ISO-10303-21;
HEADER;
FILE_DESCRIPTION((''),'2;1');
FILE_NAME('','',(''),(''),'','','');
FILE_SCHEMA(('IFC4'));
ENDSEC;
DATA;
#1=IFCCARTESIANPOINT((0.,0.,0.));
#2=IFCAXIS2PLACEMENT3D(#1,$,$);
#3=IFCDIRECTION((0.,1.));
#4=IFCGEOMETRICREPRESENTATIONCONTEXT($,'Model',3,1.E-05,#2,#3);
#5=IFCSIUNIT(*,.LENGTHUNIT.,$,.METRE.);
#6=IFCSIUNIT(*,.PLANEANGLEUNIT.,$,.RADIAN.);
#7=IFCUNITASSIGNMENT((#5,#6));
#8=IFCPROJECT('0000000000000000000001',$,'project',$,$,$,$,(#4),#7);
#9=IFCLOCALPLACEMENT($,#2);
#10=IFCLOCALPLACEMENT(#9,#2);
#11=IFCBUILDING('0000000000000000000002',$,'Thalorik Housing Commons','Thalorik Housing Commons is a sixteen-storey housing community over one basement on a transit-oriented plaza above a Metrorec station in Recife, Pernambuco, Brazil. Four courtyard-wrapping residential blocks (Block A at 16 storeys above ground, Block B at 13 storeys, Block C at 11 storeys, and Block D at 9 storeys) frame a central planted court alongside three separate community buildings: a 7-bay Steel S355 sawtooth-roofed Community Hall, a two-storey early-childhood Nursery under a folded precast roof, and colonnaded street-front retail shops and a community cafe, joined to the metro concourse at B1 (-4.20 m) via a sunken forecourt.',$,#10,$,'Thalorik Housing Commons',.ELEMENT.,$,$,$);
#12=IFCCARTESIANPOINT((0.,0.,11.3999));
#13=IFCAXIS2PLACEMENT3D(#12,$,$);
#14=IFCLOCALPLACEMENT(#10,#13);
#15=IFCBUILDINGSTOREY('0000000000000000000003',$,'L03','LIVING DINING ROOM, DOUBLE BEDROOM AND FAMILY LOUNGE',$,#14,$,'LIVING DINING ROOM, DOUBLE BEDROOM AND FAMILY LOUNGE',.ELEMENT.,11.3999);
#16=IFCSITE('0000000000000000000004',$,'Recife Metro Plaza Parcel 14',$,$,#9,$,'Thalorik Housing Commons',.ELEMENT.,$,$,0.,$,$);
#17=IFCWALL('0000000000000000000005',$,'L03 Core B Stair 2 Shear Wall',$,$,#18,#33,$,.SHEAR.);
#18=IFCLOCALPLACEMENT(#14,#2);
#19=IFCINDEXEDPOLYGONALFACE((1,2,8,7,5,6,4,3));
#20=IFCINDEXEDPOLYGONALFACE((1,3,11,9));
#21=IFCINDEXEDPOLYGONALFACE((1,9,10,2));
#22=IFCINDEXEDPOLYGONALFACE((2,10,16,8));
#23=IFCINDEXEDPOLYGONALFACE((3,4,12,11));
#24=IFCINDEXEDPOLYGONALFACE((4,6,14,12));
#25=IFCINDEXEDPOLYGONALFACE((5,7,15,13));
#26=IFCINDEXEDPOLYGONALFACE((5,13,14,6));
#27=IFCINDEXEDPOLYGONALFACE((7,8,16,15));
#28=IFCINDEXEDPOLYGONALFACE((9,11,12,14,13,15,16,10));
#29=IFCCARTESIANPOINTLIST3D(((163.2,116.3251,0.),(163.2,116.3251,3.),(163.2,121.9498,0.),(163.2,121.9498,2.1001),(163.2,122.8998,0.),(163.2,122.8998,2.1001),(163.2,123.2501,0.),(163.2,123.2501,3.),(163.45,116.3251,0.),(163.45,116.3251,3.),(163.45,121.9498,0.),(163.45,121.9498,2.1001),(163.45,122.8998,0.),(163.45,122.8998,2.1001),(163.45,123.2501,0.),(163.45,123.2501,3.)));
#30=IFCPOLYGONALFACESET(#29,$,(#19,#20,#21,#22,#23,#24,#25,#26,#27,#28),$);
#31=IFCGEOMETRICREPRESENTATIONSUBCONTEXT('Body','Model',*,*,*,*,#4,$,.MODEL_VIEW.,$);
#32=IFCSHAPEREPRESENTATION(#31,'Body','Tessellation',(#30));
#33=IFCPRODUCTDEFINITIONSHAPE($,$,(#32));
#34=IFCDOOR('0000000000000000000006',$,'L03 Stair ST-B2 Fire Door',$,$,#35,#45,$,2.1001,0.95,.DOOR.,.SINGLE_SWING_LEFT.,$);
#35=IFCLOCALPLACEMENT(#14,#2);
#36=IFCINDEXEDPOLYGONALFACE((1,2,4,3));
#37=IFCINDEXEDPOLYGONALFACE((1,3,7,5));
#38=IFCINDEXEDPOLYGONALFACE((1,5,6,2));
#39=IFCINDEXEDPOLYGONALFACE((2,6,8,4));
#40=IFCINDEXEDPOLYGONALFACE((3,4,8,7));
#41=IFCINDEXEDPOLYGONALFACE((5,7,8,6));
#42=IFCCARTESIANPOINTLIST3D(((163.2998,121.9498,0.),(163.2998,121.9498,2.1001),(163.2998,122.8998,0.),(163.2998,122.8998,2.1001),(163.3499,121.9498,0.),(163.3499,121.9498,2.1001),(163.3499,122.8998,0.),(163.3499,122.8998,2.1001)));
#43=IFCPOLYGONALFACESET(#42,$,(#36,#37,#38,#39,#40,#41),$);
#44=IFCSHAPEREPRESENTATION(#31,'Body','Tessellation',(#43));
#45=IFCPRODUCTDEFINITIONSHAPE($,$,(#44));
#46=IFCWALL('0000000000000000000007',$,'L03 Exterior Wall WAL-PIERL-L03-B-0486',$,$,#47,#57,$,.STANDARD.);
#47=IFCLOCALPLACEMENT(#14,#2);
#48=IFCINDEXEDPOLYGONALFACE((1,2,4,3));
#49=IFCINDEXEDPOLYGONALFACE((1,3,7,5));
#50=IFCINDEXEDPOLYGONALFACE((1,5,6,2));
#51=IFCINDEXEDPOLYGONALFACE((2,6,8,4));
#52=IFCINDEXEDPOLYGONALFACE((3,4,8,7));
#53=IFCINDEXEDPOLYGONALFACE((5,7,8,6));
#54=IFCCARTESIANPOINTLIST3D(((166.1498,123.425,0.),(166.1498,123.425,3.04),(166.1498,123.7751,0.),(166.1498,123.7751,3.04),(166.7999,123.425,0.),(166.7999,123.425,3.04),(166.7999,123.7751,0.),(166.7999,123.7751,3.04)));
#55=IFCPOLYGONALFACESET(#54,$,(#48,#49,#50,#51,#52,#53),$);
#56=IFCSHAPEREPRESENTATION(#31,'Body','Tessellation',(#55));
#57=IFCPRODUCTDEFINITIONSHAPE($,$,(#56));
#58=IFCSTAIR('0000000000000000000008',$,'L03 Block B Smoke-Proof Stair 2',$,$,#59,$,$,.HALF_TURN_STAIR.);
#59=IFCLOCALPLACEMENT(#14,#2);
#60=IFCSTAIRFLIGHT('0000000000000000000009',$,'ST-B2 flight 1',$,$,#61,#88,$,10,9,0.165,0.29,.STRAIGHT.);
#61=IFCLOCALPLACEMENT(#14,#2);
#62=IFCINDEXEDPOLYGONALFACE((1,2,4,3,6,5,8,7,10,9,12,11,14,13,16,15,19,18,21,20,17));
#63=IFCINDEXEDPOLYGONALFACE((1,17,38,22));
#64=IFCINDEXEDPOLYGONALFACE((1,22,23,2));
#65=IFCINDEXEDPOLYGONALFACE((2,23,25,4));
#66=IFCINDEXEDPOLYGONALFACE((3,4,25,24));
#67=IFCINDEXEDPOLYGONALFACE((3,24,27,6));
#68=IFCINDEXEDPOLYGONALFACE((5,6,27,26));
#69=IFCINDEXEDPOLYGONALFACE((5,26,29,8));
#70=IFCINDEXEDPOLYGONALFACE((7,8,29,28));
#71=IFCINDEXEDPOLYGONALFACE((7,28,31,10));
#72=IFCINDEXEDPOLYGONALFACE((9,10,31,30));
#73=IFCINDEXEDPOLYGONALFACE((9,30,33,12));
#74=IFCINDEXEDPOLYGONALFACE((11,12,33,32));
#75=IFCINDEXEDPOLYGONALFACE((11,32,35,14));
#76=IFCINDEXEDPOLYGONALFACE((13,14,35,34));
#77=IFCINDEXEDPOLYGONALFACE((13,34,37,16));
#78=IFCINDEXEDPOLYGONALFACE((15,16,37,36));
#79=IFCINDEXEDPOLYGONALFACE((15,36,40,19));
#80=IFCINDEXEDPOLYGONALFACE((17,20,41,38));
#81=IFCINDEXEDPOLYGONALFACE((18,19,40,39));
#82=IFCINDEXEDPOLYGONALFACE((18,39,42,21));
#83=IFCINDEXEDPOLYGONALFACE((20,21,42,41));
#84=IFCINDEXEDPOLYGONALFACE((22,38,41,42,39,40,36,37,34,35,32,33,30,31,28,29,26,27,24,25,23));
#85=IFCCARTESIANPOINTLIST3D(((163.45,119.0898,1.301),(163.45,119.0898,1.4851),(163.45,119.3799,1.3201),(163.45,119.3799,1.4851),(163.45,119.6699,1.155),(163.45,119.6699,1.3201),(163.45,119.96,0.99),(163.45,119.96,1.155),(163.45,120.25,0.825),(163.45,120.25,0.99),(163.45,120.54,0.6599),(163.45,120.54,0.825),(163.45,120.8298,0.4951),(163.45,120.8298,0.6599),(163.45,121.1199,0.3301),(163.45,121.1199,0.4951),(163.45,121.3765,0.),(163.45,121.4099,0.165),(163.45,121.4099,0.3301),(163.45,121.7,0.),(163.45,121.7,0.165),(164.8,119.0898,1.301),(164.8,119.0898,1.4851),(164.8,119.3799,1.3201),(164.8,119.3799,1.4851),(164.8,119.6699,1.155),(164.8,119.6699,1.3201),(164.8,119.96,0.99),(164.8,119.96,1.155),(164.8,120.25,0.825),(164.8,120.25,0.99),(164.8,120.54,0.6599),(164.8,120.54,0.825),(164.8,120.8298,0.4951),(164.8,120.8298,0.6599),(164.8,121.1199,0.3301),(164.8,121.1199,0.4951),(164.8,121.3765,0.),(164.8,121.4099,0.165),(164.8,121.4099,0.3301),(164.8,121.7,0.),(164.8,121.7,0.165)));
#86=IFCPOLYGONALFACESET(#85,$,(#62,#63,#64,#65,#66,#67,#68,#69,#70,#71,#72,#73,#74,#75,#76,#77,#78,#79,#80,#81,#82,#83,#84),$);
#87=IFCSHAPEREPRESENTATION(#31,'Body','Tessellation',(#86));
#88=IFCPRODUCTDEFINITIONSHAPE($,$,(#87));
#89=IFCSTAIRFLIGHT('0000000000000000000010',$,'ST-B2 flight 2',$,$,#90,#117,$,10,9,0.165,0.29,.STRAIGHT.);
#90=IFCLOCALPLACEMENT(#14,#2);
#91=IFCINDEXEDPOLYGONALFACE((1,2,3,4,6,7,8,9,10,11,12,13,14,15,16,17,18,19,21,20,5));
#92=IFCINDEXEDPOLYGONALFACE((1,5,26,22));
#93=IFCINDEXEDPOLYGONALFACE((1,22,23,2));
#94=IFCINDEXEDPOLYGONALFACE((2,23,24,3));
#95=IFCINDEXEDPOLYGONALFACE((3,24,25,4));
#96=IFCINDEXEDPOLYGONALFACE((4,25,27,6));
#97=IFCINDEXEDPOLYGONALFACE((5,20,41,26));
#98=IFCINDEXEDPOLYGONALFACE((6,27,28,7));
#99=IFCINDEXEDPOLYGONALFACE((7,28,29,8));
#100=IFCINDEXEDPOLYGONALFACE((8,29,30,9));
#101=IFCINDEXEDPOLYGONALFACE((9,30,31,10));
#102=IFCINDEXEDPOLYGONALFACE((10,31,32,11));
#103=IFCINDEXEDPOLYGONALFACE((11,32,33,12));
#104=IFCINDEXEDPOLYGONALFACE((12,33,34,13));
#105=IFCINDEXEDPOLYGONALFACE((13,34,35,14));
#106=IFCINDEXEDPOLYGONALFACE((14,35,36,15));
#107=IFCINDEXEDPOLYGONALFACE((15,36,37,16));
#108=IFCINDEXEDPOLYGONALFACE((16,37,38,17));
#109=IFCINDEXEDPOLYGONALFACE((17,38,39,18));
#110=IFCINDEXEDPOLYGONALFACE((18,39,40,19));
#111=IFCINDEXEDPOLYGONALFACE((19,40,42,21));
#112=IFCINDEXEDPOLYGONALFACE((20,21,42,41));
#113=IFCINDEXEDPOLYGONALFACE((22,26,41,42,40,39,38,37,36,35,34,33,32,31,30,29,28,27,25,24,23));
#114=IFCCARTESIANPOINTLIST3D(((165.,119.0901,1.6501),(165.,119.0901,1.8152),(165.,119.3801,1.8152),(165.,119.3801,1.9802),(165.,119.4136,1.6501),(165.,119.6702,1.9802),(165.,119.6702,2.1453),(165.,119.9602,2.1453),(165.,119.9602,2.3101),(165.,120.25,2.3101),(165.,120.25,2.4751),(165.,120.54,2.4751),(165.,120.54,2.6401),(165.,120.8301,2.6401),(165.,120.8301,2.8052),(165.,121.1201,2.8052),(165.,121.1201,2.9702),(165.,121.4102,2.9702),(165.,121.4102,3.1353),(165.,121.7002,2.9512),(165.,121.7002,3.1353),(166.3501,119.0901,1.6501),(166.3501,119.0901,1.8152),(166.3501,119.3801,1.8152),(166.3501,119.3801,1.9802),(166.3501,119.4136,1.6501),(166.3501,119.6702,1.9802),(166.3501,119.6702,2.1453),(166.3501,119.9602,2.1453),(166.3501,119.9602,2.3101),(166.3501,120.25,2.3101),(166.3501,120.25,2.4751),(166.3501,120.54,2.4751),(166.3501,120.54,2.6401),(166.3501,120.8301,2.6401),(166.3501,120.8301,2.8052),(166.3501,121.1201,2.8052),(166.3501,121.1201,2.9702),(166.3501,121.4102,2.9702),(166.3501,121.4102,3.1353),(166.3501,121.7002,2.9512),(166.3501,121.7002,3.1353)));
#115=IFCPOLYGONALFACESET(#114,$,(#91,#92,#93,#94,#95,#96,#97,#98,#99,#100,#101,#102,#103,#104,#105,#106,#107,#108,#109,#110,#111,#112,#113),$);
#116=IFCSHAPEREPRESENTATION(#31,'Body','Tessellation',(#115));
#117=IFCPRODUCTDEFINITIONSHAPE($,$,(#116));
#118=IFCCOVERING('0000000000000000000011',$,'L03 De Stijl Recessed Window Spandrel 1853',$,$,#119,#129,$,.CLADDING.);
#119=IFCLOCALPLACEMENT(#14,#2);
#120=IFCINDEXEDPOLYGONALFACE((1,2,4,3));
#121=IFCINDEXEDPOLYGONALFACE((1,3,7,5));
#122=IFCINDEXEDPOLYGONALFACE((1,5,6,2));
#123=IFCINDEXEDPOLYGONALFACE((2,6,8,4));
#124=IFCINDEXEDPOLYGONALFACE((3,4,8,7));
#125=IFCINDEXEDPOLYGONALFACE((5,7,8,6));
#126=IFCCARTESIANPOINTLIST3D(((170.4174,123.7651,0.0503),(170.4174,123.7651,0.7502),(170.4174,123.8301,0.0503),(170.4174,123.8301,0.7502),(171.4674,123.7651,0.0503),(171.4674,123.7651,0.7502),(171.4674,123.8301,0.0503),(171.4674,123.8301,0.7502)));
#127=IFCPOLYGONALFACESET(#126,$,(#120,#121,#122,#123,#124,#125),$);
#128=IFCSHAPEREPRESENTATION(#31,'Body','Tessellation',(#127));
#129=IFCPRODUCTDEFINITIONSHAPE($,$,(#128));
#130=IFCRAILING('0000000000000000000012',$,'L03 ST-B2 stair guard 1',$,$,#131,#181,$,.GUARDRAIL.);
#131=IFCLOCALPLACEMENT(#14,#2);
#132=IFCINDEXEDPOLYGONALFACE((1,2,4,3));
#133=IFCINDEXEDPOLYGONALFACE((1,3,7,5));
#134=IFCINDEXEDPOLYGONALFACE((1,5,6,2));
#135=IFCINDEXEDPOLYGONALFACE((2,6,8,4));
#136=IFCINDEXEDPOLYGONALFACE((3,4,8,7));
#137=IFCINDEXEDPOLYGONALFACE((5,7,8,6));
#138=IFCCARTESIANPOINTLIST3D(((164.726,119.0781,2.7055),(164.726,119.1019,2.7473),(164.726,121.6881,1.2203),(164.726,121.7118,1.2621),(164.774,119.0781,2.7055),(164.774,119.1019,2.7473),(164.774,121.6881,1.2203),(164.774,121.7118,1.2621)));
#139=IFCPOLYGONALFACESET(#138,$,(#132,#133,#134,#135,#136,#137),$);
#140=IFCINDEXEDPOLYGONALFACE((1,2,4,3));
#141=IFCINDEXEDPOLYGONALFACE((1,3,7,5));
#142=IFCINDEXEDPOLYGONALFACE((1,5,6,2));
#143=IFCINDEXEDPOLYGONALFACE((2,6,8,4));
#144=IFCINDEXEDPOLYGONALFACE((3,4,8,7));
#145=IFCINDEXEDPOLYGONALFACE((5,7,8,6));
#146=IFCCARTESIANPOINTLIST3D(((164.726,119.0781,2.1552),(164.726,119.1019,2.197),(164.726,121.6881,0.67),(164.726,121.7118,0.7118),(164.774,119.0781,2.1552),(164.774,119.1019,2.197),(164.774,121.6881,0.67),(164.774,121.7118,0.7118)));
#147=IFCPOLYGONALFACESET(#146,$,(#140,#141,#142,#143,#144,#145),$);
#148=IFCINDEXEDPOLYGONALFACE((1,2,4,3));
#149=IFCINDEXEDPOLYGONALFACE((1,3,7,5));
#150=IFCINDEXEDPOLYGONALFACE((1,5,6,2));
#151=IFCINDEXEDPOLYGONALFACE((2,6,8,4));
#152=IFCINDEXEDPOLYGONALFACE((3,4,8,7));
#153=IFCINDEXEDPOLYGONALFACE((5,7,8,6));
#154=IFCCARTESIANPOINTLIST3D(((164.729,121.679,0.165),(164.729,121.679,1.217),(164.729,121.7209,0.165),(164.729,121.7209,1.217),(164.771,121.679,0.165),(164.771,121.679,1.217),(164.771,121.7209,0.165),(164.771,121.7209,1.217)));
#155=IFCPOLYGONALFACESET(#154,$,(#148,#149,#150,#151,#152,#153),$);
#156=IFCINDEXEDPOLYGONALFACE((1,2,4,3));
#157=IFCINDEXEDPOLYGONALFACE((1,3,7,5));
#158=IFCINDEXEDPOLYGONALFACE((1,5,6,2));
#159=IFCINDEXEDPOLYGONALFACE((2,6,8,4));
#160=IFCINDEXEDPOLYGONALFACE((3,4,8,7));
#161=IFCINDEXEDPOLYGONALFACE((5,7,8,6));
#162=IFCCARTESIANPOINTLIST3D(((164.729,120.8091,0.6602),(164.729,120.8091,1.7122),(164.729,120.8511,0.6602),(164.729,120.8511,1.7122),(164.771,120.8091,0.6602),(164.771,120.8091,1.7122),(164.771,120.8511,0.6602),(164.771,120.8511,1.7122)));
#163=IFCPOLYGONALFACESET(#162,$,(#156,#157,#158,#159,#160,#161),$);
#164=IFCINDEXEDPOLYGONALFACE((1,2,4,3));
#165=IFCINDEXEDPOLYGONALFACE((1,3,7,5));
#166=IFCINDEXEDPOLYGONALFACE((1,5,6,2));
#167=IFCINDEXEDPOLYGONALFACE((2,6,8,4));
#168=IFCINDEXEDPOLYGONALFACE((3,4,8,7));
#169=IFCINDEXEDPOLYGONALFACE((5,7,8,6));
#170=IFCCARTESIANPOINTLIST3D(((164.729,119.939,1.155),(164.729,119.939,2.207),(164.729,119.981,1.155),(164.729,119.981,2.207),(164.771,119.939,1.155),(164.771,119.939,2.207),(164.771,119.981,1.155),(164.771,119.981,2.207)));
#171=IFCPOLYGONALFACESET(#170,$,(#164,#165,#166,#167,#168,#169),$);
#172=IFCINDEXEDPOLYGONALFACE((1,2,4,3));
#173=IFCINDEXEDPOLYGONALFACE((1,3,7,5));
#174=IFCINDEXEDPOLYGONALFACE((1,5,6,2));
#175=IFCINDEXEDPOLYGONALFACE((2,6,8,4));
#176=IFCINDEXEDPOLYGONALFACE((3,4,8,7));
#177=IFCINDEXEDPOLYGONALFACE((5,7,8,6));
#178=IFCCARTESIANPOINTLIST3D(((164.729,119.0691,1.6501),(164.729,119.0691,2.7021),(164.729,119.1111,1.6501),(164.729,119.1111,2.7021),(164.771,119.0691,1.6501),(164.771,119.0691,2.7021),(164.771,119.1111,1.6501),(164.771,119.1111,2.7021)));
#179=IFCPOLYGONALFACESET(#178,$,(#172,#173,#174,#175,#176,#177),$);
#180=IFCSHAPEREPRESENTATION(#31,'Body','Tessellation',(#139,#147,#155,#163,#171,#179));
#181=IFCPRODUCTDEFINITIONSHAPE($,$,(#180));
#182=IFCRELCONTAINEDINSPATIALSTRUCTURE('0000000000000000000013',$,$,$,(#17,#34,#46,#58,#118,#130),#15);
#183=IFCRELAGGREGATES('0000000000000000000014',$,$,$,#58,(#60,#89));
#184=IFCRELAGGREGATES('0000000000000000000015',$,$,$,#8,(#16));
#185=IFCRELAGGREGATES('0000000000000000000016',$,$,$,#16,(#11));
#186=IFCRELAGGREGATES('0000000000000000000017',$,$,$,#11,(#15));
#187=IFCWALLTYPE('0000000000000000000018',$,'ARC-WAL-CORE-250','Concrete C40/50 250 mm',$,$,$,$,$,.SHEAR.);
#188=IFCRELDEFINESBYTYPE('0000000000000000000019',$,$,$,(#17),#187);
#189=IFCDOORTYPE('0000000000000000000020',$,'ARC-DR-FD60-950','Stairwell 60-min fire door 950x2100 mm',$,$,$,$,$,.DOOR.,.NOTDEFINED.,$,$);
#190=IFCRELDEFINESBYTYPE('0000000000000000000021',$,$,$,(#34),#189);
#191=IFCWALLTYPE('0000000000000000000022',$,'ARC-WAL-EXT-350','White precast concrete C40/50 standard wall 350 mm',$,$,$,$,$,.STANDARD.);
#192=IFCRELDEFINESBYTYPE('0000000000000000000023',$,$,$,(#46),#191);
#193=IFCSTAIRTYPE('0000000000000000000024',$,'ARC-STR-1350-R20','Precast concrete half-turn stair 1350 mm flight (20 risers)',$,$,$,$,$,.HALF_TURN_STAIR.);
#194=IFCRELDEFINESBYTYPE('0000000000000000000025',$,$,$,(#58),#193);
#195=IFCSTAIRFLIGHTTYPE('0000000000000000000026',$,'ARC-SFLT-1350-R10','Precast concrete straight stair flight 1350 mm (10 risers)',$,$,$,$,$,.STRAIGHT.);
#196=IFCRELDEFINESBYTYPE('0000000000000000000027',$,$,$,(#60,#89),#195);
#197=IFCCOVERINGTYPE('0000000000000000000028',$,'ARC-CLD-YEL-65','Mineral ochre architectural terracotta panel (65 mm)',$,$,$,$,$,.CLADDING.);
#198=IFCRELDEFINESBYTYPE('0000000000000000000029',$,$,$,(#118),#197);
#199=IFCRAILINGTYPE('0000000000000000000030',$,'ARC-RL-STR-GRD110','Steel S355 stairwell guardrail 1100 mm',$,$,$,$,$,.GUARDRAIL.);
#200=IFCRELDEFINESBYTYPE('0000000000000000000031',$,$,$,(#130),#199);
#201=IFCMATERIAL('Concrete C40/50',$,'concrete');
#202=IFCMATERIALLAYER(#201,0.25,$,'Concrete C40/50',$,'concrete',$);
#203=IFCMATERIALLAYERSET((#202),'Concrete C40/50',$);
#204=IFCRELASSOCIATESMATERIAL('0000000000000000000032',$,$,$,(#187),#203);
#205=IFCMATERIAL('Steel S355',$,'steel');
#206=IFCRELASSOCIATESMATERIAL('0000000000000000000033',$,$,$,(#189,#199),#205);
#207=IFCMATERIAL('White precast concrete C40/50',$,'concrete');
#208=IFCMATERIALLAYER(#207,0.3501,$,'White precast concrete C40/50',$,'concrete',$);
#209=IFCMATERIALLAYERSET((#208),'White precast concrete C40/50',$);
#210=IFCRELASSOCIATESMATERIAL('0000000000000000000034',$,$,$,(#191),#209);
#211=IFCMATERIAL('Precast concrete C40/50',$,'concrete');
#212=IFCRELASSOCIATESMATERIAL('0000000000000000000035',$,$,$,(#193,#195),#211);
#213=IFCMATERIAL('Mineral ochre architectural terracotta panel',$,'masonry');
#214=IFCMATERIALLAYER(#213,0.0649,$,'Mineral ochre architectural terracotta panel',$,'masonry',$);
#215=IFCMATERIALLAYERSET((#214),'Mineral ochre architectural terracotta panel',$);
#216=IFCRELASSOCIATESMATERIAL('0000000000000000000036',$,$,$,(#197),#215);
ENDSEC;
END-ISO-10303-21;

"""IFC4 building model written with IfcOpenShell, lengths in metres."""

from ifc_helpers import new_model, si_unit, direction, frame, frame_2d, origin, origin_2d, place, context, subcontext, project, spatial, polyline, rectangle, outline, extrude, material, layer, layer_set, type_object, element, fill, aggregate, save


model = new_model("IFC4")

# Units and contexts
model_context = context("Model", 3, precision=1e-05, world=origin(), true_north=direction((0.0, 1.0)))
body_context = subcontext(model_context, "Body", "Model", "MODEL_VIEW")
ifc_project = project(units=[si_unit("LENGTHUNIT", "METRE"), si_unit("PLANEANGLEUNIT", "RADIAN")], contexts=[model_context])

# Site, building, storey
site_placement = place(None, origin())
site = spatial("IfcSite", under=ifc_project, at=site_placement, Name="Recife Metro Plaza Parcel 14", LongName="Thalorik Housing Commons", CompositionType="ELEMENT", RefElevation=0.0)
building_placement = place(site_placement, origin())
building = spatial("IfcBuilding", under=site, at=building_placement, Name="Thalorik Housing Commons", Description="Thalorik Housing Commons is a sixteen-storey housing community over one basement on a transit-oriented plaza above a Metrorec station in Recife, Pernambuco, Brazil. Four courtyard-wrapping residential blocks (Block A at 16 storeys above ground, Block B at 13 storeys, Block C at 11 storeys, and Block D at 9 storeys) frame a central planted court alongside three separate community buildings: a 7-bay Steel S355 sawtooth-roofed Community Hall, a two-storey early-childhood Nursery under a folded precast roof, and colonnaded street-front retail shops and a community cafe, joined to the metro concourse at B1 (-4.20 m) via a sunken forecourt.", LongName="Thalorik Housing Commons", CompositionType="ELEMENT")
storey_placement = place(building_placement, frame((0.0, 0.0, 11.3999)))
storey = spatial("IfcBuildingStorey", under=building, at=storey_placement, Name="L03", Description="LIVING DINING ROOM, DOUBLE BEDROOM AND FAMILY LOUNGE", LongName="LIVING DINING ROOM, DOUBLE BEDROOM AND FAMILY LOUNGE", CompositionType="ELEMENT", Elevation=11.3999)

# Shared definitions
ifc_material_1 = material(Name="Precast concrete C40/50", Category="concrete")

# Shared definitions
ifc_material_2 = material(Name="Concrete C40/50", Category="concrete")
ifc_layer_1 = layer(ifc_material_2, 0.25, Name="Concrete C40/50", Category="concrete")
ifc_layer_set_1 = layer_set([ifc_layer_1], Name="Concrete C40/50")
wall_type_1 = type_object("IfcWallType", Name="ARC-WAL-CORE-250", Description="Concrete C40/50 250 mm", PredefinedType="SHEAR", material=ifc_layer_set_1)

# Wall, opening, door
wall_1_placement = place(storey_placement, frame((163.325, 123.25, 0.0), z_axis=(0.0, 0.0, 1.0), x_axis=(0.0, -1.0, 0.0)))
wall_1 = element("IfcWall", 1, at=wall_1_placement, inside=storey, type_object=wall_type_1, Name="L03 Core B Stair 2 Shear Wall", PredefinedType="SHEAR", context=body_context, shape_type="SweptSolid", body=[
    extrude(rectangle(XDim=6.925, YDim=0.25, at=frame_2d((3.4624, 0.0))), origin(), (0.0, 0.0, 1.0), 3.0),
])
opening_1_placement = place(wall_1_placement, frame((0.3501, 0.0, 0.0)))
opening_1 = element("IfcOpeningElement", 2, at=opening_1_placement, cuts=wall_1, PredefinedType="OPENING", context=body_context, shape_type="SweptSolid", body=[
    extrude(rectangle(XDim=0.95, YDim=2.1001, at=frame_2d((0.4751, 1.05))), frame((0.0, 0.135, 0.0), z_axis=(0.0, -1.0, 0.0), x_axis=(1.0, 0.0, 0.0)), (0.0, 0.0, 1.0), 0.27),
])
ifc_material_3 = material(Name="Steel S355", Category="steel")
door_type_1 = type_object("IfcDoorType", Name="ARC-DR-FD60-950", Description="Stairwell 60-min fire door 950x2100 mm", OperationType="NOTDEFINED", PredefinedType="DOOR", material=ifc_material_3)
door_1_placement = place(opening_1_placement, origin())
door_1 = element("IfcDoor", 3, at=door_1_placement, inside=storey, type_object=door_type_1, Name="L03 Stair ST-B2 Fire Door", OperationType="SINGLE_SWING_LEFT", OverallHeight=2.1001, OverallWidth=0.95, PredefinedType="DOOR", context=body_context, shape_type="SweptSolid", body=[
    extrude(rectangle(XDim=0.95, YDim=2.1001, at=frame_2d((0.4751, 1.05))), frame((0.0, 0.0249, 0.0), z_axis=(0.0, -1.0, 0.0), x_axis=(1.0, 0.0, 0.0)), (0.0, 0.0, 1.0), 0.05),
])
fill(opening_1, door_1)

# Shared definitions
ifc_material_4 = material(Name="White precast concrete C40/50", Category="concrete")
ifc_layer_2 = layer(ifc_material_4, 0.3501, Name="White precast concrete C40/50", Category="concrete")
ifc_layer_set_2 = layer_set([ifc_layer_2], Name="White precast concrete C40/50")
wall_type_2 = type_object("IfcWallType", Name="ARC-WAL-EXT-350", Description="White precast concrete C40/50 standard wall 350 mm", PredefinedType="STANDARD", material=ifc_layer_set_2)

# Wall
wall_2_placement = place(storey_placement, frame((166.8, 123.6001, 0.0), z_axis=(0.0, 0.0, 1.0), x_axis=(-1.0, 0.0, 0.0)))
element("IfcWall", 4, at=wall_2_placement, inside=storey, type_object=wall_type_2, Name="L03 Exterior Wall WAL-PIERL-L03-B-0486", PredefinedType="STANDARD", context=body_context, shape_type="SweptSolid", body=[
    extrude(rectangle(XDim=0.6501, YDim=0.3501, at=frame_2d((0.3252, 0.0))), origin(), (0.0, 0.0, 1.0), 3.04),
])

# Stair, stair flights
stair_type = type_object("IfcStairType", Name="ARC-STR-1350-R20", Description="Precast concrete half-turn stair 1350 mm flight (20 risers)", PredefinedType="HALF_TURN_STAIR", material=ifc_material_1)
stair_placement = place(storey_placement, origin())
stair = element("IfcStair", 5, at=stair_placement, inside=storey, type_object=stair_type, Name="L03 Block B Smoke-Proof Stair 2", PredefinedType="HALF_TURN_STAIR")
stair_flight_type = type_object("IfcStairFlightType", Name="ARC-SFLT-1350-R10", Description="Precast concrete straight stair flight 1350 mm (10 risers)", PredefinedType="STRAIGHT", material=ifc_material_1)
stair_flight_1_placement = place(storey_placement, frame((164.125, 121.7, 0.0), z_axis=(0.0, 0.0, 1.0), x_axis=(0.0, -1.0, 0.0)))
stair_flight_1 = element("IfcStairFlight", 6, at=stair_flight_1_placement, type_object=stair_flight_type, Name="ST-B2 flight 1", NumberOfRisers=10, NumberOfTreads=9, PredefinedType="STRAIGHT", RiserHeight=0.165, TreadLength=0.29, context=body_context, shape_type="SweptSolid", body=[
    extrude(outline(polyline([(0.0, 0.0), (0.0, 0.165), (0.29, 0.165), (0.29, 0.3301), (0.5801, 0.3301), (0.5801, 0.4951), (0.8701, 0.4951), (0.8701, 0.6599), (1.1599, 0.6599), (1.1599, 0.825), (1.45, 0.825), (1.45, 0.99), (1.74, 0.99), (1.74, 1.155), (2.03, 1.155), (2.03, 1.3201), (2.3201, 1.3201), (2.3201, 1.4851), (2.6101, 1.4851), (2.6101, 1.6499), (2.6101, 1.301), (0.3235, 0.0), (0.0, 0.0)])), frame((0.0, 0.675, 0.0), z_axis=(0.0, -1.0, 0.0), x_axis=(1.0, 0.0, 0.0)), (0.0, 0.0, 1.0), 1.3501),
])
stair_flight_2_placement = place(storey_placement, frame((165.675, 119.0901, 1.6501), z_axis=(0.0, 0.0, 1.0), x_axis=(0.0, 1.0, 0.0)))
stair_flight_2 = element("IfcStairFlight", 7, at=stair_flight_2_placement, type_object=stair_flight_type, Name="ST-B2 flight 2", NumberOfRisers=10, NumberOfTreads=9, PredefinedType="STRAIGHT", RiserHeight=0.165, TreadLength=0.29, context=body_context, shape_type="SweptSolid", body=[
    extrude(outline(polyline([(0.0, 0.0), (0.0, 0.165), (0.29, 0.165), (0.29, 0.3301), (0.5801, 0.3301), (0.5801, 0.4951), (0.8701, 0.4951), (0.8701, 0.6599), (1.1599, 0.6599), (1.1599, 0.825), (1.45, 0.825), (1.45, 0.99), (1.74, 0.99), (1.74, 1.155), (2.03, 1.155), (2.03, 1.3201), (2.3201, 1.3201), (2.3201, 1.4851), (2.6101, 1.4851), (2.6101, 1.6499), (2.6101, 1.301), (0.3235, 0.0), (0.0, 0.0)])), frame((0.0, 0.675, 0.0), z_axis=(0.0, -1.0, 0.0), x_axis=(1.0, 0.0, 0.0)), (0.0, 0.0, 1.0), 1.3501),
])
aggregate(stair, [stair_flight_1, stair_flight_2])

# Covering
ifc_material_5 = material(Name="Mineral ochre architectural terracotta panel", Category="masonry")
ifc_layer_3 = layer(ifc_material_5, 0.0649, Name="Mineral ochre architectural terracotta panel", Category="masonry")
ifc_layer_set_3 = layer_set([ifc_layer_3], Name="Mineral ochre architectural terracotta panel")
covering_type_1 = type_object("IfcCoveringType", Name="ARC-CLD-YEL-65", Description="Mineral ochre architectural terracotta panel (65 mm)", PredefinedType="CLADDING", material=ifc_layer_set_3)
covering_1_placement = place(storey_placement, frame((170.9424, 123.7976, 0.0503), z_axis=(0.0, 0.0, 1.0), x_axis=(-1.0, 0.0, 0.0)))
element("IfcCovering", 8, at=covering_1_placement, inside=storey, type_object=covering_type_1, Name="L03 De Stijl Recessed Window Spandrel 1853", PredefinedType="CLADDING", context=body_context, shape_type="SweptSolid", body=[
    extrude(rectangle(XDim=1.05, YDim=0.0649, at=origin_2d()), origin(), (0.0, 0.0, 1.0), 0.7),
])

# Railing
railing_type_1 = type_object("IfcRailingType", Name="ARC-RL-STR-GRD110", Description="Steel S355 stairwell guardrail 1100 mm", PredefinedType="GUARDRAIL", material=ifc_material_3)
railing_1_placement = place(storey_placement, frame((164.75, 121.7, 0.165)))
element("IfcRailing", 9, at=railing_1_placement, inside=storey, type_object=railing_type_1, Name="L03 ST-B2 stair guard 1", PredefinedType="GUARDRAIL", context=body_context, shape_type="SweptSolid", body=[
    extrude(rectangle(XDim=0.0481, YDim=0.0481, at=origin_2d()), frame((0.0, 0.0, 1.0762), z_axis=(0.0, -0.869137, 0.494571), x_axis=(1.0, 0.0, 0.0)), (0.0, 0.0, 1.0), 3.0029),
    extrude(rectangle(XDim=0.0481, YDim=0.0481, at=origin_2d()), frame((0.0, 0.0, 0.5259), z_axis=(0.0, -0.869137, 0.494571), x_axis=(1.0, 0.0, 0.0)), (0.0, 0.0, 1.0), 3.0029),
    extrude(rectangle(XDim=0.042, YDim=0.042, at=origin_2d()), origin(), (0.0, 0.0, 1.0), 1.052),
    extrude(rectangle(XDim=0.042, YDim=0.042, at=origin_2d()), frame((0.0, -0.8699, 0.4951)), (0.0, 0.0, 1.0), 1.052),
    extrude(rectangle(XDim=0.042, YDim=0.042, at=origin_2d()), frame((0.0, -1.74, 0.99)), (0.0, 0.0, 1.0), 1.052),
    extrude(rectangle(XDim=0.042, YDim=0.042, at=origin_2d()), frame((0.0, -2.6099, 1.4851)), (0.0, 0.0, 1.0), 1.052),
])

save(model, "model.ifc")
